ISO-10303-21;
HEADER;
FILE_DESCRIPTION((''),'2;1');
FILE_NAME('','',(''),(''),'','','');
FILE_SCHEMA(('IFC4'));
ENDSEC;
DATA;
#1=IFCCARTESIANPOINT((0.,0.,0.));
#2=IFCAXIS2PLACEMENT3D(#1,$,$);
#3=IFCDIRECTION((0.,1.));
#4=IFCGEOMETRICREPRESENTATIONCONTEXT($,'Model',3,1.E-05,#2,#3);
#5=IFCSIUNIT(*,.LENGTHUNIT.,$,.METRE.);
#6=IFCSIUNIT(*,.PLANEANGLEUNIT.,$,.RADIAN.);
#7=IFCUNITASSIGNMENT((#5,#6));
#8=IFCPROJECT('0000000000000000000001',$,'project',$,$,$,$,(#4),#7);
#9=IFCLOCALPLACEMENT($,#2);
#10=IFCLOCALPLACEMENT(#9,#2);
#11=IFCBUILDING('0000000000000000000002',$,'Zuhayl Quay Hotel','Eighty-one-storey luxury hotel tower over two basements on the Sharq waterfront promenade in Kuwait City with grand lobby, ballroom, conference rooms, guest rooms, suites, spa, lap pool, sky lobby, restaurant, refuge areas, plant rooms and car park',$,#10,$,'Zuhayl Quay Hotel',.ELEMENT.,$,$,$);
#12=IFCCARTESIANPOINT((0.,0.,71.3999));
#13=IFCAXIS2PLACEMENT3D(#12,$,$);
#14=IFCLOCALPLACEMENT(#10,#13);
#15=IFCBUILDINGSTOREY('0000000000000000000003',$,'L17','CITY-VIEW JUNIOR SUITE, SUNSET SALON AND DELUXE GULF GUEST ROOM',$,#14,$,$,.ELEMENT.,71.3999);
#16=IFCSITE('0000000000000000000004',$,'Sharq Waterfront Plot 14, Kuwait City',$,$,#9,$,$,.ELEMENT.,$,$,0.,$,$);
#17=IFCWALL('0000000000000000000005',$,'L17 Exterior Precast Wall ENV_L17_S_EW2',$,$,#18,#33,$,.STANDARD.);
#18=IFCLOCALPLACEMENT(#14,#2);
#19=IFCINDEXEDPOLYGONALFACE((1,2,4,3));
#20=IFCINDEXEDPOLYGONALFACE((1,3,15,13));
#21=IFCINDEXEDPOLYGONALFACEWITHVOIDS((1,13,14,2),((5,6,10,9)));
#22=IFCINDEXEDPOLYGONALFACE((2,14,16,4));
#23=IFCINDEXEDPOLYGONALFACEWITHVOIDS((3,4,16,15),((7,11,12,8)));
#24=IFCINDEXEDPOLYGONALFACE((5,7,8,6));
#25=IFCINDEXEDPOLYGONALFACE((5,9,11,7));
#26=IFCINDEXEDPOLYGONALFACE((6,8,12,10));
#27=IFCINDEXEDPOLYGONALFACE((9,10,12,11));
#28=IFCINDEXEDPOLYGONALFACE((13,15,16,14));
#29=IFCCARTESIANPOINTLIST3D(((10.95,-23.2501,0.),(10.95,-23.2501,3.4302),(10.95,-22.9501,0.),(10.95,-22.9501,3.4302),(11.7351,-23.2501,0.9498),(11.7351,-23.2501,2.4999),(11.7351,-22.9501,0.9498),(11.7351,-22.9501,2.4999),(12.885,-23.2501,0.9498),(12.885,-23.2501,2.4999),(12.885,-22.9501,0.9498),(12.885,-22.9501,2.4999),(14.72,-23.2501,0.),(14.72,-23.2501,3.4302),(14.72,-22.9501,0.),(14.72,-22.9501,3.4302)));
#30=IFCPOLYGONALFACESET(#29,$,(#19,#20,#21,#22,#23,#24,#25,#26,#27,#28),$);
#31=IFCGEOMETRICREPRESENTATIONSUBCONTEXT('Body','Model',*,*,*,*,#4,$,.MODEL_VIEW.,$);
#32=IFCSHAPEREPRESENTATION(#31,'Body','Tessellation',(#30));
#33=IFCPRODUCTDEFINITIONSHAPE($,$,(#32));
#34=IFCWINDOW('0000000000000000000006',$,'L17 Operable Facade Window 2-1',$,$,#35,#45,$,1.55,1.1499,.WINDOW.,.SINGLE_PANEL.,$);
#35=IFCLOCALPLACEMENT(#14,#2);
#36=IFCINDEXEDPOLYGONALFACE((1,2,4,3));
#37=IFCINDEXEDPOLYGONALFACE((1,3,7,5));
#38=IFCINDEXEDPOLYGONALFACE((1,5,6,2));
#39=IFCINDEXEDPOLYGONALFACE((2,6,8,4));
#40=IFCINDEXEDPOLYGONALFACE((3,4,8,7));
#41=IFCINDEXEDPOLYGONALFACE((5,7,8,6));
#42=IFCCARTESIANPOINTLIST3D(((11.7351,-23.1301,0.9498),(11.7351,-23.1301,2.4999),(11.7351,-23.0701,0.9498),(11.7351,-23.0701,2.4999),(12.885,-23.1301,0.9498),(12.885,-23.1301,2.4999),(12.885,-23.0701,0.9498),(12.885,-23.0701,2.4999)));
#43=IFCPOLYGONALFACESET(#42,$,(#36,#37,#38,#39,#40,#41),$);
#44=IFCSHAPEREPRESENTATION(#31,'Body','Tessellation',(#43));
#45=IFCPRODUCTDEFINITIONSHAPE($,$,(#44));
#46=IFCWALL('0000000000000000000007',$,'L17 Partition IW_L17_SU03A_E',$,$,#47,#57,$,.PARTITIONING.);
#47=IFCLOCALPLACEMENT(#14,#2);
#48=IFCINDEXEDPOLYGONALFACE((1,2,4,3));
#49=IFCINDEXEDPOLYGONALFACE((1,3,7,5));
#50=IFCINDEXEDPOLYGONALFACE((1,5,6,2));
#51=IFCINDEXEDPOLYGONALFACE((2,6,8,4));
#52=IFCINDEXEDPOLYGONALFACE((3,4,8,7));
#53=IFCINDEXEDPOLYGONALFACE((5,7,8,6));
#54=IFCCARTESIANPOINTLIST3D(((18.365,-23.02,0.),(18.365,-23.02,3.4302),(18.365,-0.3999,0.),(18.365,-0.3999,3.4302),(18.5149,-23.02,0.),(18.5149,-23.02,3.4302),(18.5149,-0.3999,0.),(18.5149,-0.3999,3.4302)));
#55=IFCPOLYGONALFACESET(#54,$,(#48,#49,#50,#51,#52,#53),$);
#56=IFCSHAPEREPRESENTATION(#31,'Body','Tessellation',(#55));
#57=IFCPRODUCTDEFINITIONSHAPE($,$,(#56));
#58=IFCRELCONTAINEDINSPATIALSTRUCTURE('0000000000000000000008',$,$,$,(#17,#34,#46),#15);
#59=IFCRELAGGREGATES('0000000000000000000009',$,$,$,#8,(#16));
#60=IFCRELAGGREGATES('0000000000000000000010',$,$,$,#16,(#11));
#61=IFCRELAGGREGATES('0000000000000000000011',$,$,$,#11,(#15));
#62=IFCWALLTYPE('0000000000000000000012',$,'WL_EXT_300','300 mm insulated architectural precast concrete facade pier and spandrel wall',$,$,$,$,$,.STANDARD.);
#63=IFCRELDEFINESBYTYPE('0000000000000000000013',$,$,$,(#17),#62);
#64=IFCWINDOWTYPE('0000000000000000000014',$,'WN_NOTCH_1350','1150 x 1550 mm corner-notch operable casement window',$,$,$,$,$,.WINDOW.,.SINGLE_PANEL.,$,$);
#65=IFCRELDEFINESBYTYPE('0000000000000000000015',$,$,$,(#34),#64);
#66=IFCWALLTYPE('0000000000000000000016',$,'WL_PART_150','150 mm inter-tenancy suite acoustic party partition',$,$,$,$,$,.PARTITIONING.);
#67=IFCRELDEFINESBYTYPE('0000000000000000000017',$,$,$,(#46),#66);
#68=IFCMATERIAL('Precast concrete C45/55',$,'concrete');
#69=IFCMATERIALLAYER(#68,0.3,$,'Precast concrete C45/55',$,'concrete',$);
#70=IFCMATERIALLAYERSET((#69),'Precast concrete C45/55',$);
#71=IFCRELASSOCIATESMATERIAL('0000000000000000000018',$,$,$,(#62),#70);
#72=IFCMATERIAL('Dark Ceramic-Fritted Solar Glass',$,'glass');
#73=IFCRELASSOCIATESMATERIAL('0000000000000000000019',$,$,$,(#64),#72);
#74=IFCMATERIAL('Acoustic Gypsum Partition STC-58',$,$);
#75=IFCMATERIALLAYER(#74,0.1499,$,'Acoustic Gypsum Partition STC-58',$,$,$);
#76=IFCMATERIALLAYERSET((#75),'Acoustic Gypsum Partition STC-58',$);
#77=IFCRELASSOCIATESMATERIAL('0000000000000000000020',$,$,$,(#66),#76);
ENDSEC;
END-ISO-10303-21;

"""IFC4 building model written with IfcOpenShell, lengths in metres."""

from ifc_helpers import new_model, si_unit, direction, frame, frame_2d, origin, place, context, subcontext, project, spatial, rectangle, extrude, material, layer, layer_set, type_object, element, fill, save


model = new_model("IFC4")

# Units and contexts
model_context = context("Model", 3, precision=1e-05, world=origin(), true_north=direction((0.0, 1.0)))
body_context = subcontext(model_context, "Body", "Model", "MODEL_VIEW")
ifc_project = project(units=[si_unit("LENGTHUNIT", "METRE"), si_unit("PLANEANGLEUNIT", "RADIAN")], contexts=[model_context])

# Site, building, storey
site_placement = place(None, origin())
site = spatial("IfcSite", under=ifc_project, at=site_placement, Name="Sharq Waterfront Plot 14, Kuwait City", CompositionType="ELEMENT", RefElevation=0.0)
building_placement = place(site_placement, origin())
building = spatial("IfcBuilding", under=site, at=building_placement, Name="Zuhayl Quay Hotel", Description="Eighty-one-storey luxury hotel tower over two basements on the Sharq waterfront promenade in Kuwait City with grand lobby, ballroom, conference rooms, guest rooms, suites, spa, lap pool, sky lobby, restaurant, refuge areas, plant rooms and car park", LongName="Zuhayl Quay Hotel", CompositionType="ELEMENT")
storey_placement = place(building_placement, frame((0.0, 0.0, 71.3999)))
storey = spatial("IfcBuildingStorey", under=building, at=storey_placement, Name="L17", Description="CITY-VIEW JUNIOR SUITE, SUNSET SALON AND DELUXE GULF GUEST ROOM", CompositionType="ELEMENT", Elevation=71.3999)

# Shared definitions
ifc_material_1 = material(Name="Dark Ceramic-Fritted Solar Glass", Category="glass")

# Shared definitions
ifc_material_2 = material(Name="Precast concrete C45/55", Category="concrete")
ifc_layer_1 = layer(ifc_material_2, 0.3, Name="Precast concrete C45/55", Category="concrete")
ifc_layer_set_1 = layer_set([ifc_layer_1], Name="Precast concrete C45/55")
wall_type_1 = type_object("IfcWallType", Name="WL_EXT_300", Description="300 mm insulated architectural precast concrete facade pier and spandrel wall", PredefinedType="STANDARD", material=ifc_layer_set_1)

# Wall, opening, window
wall_1_placement = place(storey_placement, frame((14.72, -23.1001, 0.0), z_axis=(0.0, 0.0, 1.0), x_axis=(-1.0, 0.0, 0.0)))
wall_1 = element("IfcWall", 1, at=wall_1_placement, inside=storey, type_object=wall_type_1, Name="L17 Exterior Precast Wall ENV_L17_S_EW2", PredefinedType="STANDARD", context=body_context, shape_type="SweptSolid", body=[
    extrude(rectangle(XDim=3.77, YDim=0.3, at=frame_2d((1.885, 0.0))), origin(), (0.0, 0.0, 1.0), 3.4302),
])
opening_1_placement = place(wall_1_placement, frame((1.835, 0.0, 0.95)))
opening_1 = element("IfcOpeningElement", 2, at=opening_1_placement, cuts=wall_1, PredefinedType="OPENING", context=body_context, shape_type="SweptSolid", body=[
    extrude(rectangle(XDim=1.1499, YDim=1.55, at=frame_2d((0.575, 0.7749))), frame((0.0, 0.1599, 0.0), z_axis=(0.0, -1.0, 0.0), x_axis=(1.0, 0.0, 0.0)), (0.0, 0.0, 1.0), 0.3201),
])
window_type_1 = type_object("IfcWindowType", Name="WN_NOTCH_1350", Description="1150 x 1550 mm corner-notch operable casement window", PartitioningType="SINGLE_PANEL", PredefinedType="WINDOW", material=ifc_material_1)
window_1_placement = place(opening_1_placement, origin())
window_1 = element("IfcWindow", 3, at=window_1_placement, inside=storey, type_object=window_type_1, Name="L17 Operable Facade Window 2-1", OverallHeight=1.55, OverallWidth=1.1499, PartitioningType="SINGLE_PANEL", PredefinedType="WINDOW", context=body_context, shape_type="SweptSolid", body=[
    extrude(rectangle(XDim=1.1499, YDim=1.55, at=frame_2d((0.575, 0.7749))), frame((0.0, 0.03, 0.0), z_axis=(0.0, -1.0, 0.0), x_axis=(1.0, 0.0, 0.0)), (0.0, 0.0, 1.0), 0.0601),
])
fill(opening_1, window_1)

# Wall
ifc_material_3 = material(Name="Acoustic Gypsum Partition STC-58")
ifc_layer_2 = layer(ifc_material_3, 0.1499, Name="Acoustic Gypsum Partition STC-58")
ifc_layer_set_2 = layer_set([ifc_layer_2], Name="Acoustic Gypsum Partition STC-58")
wall_type_2 = type_object("IfcWallType", Name="WL_PART_150", Description="150 mm inter-tenancy suite acoustic party partition", PredefinedType="PARTITIONING", material=ifc_layer_set_2)
wall_2_placement = place(storey_placement, frame((18.4399, -23.02, 0.0), z_axis=(0.0, 0.0, 1.0), x_axis=(0.0, 1.0, 0.0)))
element("IfcWall", 4, at=wall_2_placement, inside=storey, type_object=wall_type_2, Name="L17 Partition IW_L17_SU03A_E", PredefinedType="PARTITIONING", context=body_context, shape_type="SweptSolid", body=[
    extrude(rectangle(XDim=22.6201, YDim=0.1499, at=frame_2d((11.3101, 0.0))), origin(), (0.0, 0.0, 1.0), 3.4302),
])

save(model, "model.ifc")
